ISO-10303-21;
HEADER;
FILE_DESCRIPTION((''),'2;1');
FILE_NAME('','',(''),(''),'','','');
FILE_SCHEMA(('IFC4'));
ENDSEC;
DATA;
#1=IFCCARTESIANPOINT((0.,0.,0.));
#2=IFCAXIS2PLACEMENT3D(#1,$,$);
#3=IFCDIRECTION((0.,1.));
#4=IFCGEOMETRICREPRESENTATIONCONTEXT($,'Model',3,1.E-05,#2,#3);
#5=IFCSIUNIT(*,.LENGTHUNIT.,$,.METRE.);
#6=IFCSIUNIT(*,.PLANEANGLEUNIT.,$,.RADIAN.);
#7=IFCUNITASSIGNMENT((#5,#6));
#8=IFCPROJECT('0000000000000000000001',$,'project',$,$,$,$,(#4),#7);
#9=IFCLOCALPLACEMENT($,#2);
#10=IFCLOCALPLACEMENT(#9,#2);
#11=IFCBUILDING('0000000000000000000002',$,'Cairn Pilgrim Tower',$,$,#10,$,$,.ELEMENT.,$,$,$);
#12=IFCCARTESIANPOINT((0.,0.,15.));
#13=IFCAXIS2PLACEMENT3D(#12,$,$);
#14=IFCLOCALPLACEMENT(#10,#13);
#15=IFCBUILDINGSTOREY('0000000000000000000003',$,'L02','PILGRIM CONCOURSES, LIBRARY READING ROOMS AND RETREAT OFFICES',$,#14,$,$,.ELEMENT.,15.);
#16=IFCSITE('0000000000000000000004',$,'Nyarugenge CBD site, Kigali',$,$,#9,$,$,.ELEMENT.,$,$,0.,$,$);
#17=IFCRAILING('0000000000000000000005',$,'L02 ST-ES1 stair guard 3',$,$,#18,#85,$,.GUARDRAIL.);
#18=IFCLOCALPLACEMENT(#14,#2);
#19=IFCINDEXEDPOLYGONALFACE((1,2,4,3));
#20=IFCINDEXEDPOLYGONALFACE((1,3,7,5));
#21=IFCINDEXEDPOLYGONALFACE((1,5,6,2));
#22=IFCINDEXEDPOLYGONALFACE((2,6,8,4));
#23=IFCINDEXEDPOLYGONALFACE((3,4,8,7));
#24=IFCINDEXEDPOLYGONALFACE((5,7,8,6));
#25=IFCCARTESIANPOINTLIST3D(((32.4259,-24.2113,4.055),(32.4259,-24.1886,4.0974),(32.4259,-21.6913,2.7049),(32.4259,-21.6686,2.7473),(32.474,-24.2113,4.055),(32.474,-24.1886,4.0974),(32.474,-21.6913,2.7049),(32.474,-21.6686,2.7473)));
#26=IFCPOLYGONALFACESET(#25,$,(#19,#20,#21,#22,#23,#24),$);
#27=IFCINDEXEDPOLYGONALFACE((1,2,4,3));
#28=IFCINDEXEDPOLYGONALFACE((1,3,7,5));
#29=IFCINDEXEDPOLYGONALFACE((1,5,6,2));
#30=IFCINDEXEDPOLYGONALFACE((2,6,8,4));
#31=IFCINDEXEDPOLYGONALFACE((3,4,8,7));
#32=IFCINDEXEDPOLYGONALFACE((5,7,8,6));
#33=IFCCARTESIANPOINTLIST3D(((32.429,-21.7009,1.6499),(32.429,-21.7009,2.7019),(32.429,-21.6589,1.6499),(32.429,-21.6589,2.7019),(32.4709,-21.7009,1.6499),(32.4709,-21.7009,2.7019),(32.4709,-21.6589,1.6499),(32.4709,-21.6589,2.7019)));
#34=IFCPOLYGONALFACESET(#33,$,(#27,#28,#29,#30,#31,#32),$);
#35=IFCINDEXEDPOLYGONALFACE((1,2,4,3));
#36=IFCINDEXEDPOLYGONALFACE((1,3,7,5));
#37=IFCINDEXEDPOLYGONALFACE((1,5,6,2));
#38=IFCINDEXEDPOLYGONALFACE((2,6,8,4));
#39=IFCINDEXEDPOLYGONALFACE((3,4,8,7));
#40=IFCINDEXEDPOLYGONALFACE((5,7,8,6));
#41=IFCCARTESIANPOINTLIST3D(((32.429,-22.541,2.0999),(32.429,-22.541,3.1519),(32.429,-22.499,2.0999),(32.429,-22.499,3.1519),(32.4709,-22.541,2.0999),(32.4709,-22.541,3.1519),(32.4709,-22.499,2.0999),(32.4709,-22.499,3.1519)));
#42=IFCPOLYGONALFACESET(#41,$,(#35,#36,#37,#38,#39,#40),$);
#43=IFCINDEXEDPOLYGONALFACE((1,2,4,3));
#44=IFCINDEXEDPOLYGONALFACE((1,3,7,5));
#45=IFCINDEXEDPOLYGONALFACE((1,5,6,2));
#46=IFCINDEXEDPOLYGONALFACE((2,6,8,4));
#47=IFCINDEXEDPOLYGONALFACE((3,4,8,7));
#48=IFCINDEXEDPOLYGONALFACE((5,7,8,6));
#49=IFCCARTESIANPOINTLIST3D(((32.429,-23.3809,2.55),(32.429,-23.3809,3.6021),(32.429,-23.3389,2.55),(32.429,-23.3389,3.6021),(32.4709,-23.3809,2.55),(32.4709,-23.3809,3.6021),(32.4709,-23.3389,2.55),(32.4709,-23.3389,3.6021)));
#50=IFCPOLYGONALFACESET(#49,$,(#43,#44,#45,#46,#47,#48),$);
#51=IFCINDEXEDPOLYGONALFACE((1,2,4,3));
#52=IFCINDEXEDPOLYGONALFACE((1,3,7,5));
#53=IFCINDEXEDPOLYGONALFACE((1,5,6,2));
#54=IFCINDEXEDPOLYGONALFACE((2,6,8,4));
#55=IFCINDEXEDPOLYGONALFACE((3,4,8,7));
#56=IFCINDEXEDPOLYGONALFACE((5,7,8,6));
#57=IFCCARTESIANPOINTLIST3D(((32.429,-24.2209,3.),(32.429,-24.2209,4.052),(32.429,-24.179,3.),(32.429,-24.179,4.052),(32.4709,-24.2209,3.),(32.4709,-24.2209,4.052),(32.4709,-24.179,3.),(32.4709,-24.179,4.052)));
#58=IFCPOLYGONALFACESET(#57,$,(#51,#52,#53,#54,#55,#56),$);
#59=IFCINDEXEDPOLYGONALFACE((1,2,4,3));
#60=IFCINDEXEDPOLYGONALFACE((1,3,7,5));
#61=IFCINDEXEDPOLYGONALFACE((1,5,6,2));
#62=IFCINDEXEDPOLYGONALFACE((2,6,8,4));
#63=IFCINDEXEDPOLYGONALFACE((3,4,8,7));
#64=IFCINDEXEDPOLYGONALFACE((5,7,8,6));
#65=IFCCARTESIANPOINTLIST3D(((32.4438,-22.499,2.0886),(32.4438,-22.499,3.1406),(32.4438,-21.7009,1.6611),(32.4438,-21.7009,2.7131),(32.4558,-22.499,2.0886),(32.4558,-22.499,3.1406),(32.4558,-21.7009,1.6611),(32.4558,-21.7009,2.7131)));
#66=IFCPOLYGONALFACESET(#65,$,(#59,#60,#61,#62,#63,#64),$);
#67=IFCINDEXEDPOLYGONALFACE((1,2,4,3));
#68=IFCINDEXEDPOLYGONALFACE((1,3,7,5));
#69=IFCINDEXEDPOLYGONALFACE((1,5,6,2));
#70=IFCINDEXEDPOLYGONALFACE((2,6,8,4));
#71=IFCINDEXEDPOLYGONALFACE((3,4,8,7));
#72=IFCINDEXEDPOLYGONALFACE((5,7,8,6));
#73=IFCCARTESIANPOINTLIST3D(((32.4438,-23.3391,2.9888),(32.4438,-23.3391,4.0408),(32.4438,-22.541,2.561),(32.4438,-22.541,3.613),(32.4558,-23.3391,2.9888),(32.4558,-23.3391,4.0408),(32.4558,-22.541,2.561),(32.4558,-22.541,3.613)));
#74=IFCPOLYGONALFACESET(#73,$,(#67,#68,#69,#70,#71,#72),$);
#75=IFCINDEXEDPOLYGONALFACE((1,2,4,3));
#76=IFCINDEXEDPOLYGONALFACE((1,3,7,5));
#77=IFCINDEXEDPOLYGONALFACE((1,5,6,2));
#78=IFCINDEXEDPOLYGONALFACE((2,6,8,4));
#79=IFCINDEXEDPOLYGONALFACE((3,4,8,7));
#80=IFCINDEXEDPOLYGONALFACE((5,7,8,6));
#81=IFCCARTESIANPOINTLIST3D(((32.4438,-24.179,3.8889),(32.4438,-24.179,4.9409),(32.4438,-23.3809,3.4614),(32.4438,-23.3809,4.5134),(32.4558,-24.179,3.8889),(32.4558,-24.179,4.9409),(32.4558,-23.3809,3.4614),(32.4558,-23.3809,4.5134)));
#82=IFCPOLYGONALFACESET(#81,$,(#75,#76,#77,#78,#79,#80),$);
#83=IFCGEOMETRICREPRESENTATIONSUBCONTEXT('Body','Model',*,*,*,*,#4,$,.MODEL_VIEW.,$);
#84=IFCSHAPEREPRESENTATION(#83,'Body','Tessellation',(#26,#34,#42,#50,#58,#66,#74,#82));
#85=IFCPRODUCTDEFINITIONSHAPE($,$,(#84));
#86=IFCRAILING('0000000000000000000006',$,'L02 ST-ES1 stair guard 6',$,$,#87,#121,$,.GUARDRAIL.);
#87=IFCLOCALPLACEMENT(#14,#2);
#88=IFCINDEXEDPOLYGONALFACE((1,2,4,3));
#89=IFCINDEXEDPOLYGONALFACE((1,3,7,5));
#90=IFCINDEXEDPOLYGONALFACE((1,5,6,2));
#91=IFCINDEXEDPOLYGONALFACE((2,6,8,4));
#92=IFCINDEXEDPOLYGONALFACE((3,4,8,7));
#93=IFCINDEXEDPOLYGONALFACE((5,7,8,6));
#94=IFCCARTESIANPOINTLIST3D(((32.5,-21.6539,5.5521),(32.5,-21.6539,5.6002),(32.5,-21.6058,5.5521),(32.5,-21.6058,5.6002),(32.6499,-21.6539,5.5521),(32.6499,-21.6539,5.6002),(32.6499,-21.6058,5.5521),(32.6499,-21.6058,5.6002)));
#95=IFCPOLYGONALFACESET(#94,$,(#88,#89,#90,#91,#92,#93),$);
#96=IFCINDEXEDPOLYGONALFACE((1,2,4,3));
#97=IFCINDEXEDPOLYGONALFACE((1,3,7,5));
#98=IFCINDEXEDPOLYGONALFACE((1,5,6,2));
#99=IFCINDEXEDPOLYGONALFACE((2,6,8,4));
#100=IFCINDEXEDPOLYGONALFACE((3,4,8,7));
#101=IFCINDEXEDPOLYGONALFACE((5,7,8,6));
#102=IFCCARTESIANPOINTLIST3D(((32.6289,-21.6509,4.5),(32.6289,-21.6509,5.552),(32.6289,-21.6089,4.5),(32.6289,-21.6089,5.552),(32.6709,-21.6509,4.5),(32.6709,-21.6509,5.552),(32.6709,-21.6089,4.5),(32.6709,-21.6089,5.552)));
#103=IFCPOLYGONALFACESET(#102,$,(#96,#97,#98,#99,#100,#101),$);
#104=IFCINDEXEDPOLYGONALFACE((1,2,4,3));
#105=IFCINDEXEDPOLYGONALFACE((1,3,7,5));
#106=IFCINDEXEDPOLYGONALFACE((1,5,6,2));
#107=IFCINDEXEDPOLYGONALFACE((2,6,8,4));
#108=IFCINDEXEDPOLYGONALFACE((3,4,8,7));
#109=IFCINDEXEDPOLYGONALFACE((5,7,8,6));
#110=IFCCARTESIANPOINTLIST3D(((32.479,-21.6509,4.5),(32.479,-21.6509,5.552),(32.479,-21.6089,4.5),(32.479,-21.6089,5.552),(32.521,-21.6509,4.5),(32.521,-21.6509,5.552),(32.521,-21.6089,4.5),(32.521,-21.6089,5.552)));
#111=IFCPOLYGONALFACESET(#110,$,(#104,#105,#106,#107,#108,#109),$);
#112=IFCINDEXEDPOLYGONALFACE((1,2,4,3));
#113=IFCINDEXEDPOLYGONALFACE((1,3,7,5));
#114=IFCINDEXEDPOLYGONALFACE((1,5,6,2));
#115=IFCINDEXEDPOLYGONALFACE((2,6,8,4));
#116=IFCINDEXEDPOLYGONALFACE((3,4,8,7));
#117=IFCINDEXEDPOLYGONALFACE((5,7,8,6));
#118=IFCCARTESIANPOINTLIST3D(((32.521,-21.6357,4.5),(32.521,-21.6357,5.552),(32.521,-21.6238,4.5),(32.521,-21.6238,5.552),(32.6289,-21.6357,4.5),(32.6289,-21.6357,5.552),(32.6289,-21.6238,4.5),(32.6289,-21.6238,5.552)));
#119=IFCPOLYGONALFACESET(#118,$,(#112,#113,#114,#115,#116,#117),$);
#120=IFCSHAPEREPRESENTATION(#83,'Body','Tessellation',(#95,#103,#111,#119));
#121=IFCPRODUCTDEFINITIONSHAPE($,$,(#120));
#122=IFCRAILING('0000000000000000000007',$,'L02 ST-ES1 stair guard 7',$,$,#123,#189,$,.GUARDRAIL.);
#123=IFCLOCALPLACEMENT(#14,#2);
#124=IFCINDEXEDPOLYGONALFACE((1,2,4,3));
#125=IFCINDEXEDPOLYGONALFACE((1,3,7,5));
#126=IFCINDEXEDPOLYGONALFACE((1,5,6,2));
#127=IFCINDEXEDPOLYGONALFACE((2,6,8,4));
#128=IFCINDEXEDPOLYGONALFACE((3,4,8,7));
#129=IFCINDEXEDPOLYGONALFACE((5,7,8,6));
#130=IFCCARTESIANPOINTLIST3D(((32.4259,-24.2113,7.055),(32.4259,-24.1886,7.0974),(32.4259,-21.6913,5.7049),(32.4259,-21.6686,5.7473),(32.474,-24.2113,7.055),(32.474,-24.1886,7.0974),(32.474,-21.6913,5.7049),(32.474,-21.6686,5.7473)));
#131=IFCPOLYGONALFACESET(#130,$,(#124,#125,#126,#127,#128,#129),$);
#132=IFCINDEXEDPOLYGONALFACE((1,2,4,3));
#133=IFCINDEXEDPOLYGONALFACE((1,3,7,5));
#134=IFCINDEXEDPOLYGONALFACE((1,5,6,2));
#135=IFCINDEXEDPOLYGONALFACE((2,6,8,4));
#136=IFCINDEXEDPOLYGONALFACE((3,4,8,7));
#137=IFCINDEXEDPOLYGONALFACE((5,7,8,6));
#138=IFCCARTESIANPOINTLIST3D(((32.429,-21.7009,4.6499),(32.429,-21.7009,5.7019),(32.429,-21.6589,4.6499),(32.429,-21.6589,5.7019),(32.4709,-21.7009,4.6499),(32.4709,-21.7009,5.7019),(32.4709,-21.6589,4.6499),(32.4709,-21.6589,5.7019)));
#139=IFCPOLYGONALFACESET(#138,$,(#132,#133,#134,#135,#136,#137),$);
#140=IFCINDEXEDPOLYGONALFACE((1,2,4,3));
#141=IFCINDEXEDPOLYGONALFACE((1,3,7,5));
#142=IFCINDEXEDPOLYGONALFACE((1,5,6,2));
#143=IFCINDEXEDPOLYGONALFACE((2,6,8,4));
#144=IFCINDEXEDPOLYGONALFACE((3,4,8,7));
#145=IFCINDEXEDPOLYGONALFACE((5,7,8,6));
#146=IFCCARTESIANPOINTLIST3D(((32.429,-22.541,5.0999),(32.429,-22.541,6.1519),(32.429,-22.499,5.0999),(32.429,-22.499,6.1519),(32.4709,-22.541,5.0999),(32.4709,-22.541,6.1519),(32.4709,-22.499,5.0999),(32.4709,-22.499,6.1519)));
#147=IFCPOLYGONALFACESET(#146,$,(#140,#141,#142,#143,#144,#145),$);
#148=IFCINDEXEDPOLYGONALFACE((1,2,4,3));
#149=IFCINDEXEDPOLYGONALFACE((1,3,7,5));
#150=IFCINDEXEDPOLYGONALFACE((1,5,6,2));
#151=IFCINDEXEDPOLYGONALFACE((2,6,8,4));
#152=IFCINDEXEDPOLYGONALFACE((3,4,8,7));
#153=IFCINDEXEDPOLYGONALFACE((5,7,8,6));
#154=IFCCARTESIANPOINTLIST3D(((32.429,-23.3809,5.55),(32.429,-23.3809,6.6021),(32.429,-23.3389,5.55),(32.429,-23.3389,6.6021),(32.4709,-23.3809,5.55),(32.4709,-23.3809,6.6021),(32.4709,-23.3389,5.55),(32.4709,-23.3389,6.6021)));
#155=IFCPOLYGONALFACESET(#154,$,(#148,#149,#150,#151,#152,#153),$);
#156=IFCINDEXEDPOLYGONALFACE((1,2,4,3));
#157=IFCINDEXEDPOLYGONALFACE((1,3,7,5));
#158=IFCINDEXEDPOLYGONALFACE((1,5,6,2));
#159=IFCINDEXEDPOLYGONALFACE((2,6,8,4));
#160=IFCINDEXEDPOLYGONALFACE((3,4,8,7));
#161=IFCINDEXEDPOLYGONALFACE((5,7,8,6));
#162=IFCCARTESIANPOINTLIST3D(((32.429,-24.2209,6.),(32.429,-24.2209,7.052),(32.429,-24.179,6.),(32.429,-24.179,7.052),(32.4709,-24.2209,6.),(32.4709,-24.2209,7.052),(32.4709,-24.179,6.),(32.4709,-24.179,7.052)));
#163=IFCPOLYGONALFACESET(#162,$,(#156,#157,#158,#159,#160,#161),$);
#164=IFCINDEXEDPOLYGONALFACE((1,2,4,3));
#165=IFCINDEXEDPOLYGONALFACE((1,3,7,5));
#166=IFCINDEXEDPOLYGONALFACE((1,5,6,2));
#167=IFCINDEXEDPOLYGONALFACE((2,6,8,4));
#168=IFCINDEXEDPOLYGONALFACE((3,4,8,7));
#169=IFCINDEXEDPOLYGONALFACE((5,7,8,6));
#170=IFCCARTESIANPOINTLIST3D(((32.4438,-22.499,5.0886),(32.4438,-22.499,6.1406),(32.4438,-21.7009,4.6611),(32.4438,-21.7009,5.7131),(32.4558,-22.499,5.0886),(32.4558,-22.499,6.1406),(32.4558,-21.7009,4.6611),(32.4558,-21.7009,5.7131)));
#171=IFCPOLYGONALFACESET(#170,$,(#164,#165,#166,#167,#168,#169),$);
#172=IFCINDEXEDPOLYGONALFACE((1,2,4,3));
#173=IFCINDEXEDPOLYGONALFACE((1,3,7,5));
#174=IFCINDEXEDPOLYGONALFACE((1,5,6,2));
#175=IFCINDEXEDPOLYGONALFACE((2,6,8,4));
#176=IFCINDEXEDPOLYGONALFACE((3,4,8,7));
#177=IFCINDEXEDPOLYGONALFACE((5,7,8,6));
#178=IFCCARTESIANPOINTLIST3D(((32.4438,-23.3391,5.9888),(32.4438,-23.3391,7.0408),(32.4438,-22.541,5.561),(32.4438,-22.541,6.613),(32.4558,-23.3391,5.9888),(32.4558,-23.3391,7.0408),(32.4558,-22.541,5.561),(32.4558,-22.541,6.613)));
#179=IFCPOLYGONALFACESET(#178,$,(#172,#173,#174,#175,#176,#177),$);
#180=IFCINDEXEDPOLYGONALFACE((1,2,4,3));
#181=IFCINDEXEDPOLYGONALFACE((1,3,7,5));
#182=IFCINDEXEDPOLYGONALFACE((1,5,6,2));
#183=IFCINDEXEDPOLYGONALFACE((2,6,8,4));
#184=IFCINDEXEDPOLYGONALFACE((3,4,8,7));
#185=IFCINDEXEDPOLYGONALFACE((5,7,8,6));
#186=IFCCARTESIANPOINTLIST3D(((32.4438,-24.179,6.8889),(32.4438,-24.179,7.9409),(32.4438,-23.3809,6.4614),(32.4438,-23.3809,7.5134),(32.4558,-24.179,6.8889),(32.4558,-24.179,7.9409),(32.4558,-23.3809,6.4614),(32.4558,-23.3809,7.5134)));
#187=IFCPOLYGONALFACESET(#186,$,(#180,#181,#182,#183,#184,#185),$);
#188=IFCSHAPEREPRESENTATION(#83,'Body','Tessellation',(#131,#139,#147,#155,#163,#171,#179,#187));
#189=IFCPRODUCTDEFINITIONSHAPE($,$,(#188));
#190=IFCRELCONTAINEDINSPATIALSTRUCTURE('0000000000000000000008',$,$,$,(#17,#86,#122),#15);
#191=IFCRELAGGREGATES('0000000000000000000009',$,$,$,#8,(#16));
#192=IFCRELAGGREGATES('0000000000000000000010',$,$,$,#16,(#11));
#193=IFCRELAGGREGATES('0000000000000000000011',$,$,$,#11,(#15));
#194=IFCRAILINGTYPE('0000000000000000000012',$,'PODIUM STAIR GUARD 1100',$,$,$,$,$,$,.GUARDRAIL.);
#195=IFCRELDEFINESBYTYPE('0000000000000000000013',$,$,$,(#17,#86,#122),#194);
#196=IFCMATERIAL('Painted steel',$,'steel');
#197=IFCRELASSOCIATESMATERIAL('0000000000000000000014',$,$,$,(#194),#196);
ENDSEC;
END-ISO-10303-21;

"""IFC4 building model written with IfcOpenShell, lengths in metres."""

from ifc_helpers import new_model, si_unit, direction, frame, origin, origin_2d, place, context, subcontext, project, spatial, polyline, rectangle, outline, extrude, material, type_object, element, save


model = new_model("IFC4")

# Units and contexts
model_context = context("Model", 3, precision=1e-05, world=origin(), true_north=direction((0.0, 1.0)))
body_context = subcontext(model_context, "Body", "Model", "MODEL_VIEW")
ifc_project = project(units=[si_unit("LENGTHUNIT", "METRE"), si_unit("PLANEANGLEUNIT", "RADIAN")], contexts=[model_context])

# Site, building, storey
site_placement = place(None, origin())
site = spatial("IfcSite", under=ifc_project, at=site_placement, Name="Nyarugenge CBD site, Kigali", CompositionType="ELEMENT", RefElevation=0.0)
building_placement = place(site_placement, origin())
building = spatial("IfcBuilding", under=site, at=building_placement, Name="Cairn Pilgrim Tower", CompositionType="ELEMENT")
storey_placement = place(building_placement, frame((0.0, 0.0, 15.0)))
storey = spatial("IfcBuildingStorey", under=building, at=storey_placement, Name="L02", Description="PILGRIM CONCOURSES, LIBRARY READING ROOMS AND RETREAT OFFICES", CompositionType="ELEMENT", Elevation=15.0)

# Railings
ifc_material_1 = material(Name="Painted steel", Category="steel")
railing_type_1 = type_object("IfcRailingType", Name="PODIUM STAIR GUARD 1100", PredefinedType="GUARDRAIL", material=ifc_material_1)
railing_1_placement = place(storey_placement, frame((32.45, -21.6799, 1.6499)))
element("IfcRailing", 1, at=railing_1_placement, inside=storey, type_object=railing_type_1, Name="L02 ST-ES1 stair guard 3", PredefinedType="GUARDRAIL", context=body_context, shape_type="SweptSolid", body=[
    extrude(rectangle(XDim=0.0481, YDim=0.0481, at=origin_2d()), frame((0.0, 0.0, 1.0762), z_axis=(0.0, -0.881467, 0.472245), x_axis=(1.0, 0.0, 0.0)), (0.0, 0.0, 1.0), 2.8589),
    extrude(rectangle(XDim=0.042, YDim=0.042, at=origin_2d()), origin(), (0.0, 0.0, 1.0), 1.052),
    extrude(rectangle(XDim=0.042, YDim=0.042, at=origin_2d()), frame((0.0, -0.8401, 0.45)), (0.0, 0.0, 1.0), 1.052),
    extrude(rectangle(XDim=0.042, YDim=0.042, at=origin_2d()), frame((0.0, -1.6799, 0.9001)), (0.0, 0.0, 1.0), 1.052),
    extrude(rectangle(XDim=0.042, YDim=0.042, at=origin_2d()), frame((0.0, -2.52, 1.3501)), (0.0, 0.0, 1.0), 1.052),
    extrude(outline(polyline([(0.021, 0.0112), (0.8191, 0.4387), (0.8191, 1.4907), (0.021, 1.0632), (0.021, 0.0112)])), frame((0.0059, 0.0, 0.0), z_axis=(-1.0, 0.0, 0.0), x_axis=(0.0, -1.0, 0.0)), (0.0, 0.0, 1.0), 0.012),
    extrude(outline(polyline([(0.021, 0.4612), (0.8191, 0.8889), (0.8191, 1.9409), (0.021, 1.5132), (0.021, 0.4612)])), frame((0.0059, -0.8401, 0.45), z_axis=(-1.0, 0.0, 0.0), x_axis=(0.0, -1.0, 0.0)), (0.0, 0.0, 1.0), 0.012),
    extrude(outline(polyline([(0.021, 0.9114), (0.8191, 1.3389), (0.8191, 2.3909), (0.021, 1.9634), (0.021, 0.9114)])), frame((0.0059, -1.6799, 0.9001), z_axis=(-1.0, 0.0, 0.0), x_axis=(0.0, -1.0, 0.0)), (0.0, 0.0, 1.0), 0.012),
])
railing_2_placement = place(storey_placement, frame((32.6499, -21.6299, 4.5)))
element("IfcRailing", 2, at=railing_2_placement, inside=storey, type_object=railing_type_1, Name="L02 ST-ES1 stair guard 6", PredefinedType="GUARDRAIL", context=body_context, shape_type="SweptSolid", body=[
    extrude(rectangle(XDim=0.0481, YDim=0.0481, at=origin_2d()), frame((0.0, 0.0, 1.0762), z_axis=(-1.0, 0.0, 0.0), x_axis=(0.0, -1.0, 0.0)), (0.0, 0.0, 1.0), 0.1499),
    extrude(rectangle(XDim=0.042, YDim=0.042, at=origin_2d()), origin(), (0.0, 0.0, 1.0), 1.052),
    extrude(rectangle(XDim=0.042, YDim=0.042, at=origin_2d()), frame((-0.1499, 0.0, 0.0)), (0.0, 0.0, 1.0), 1.052),
    extrude(outline(polyline([(0.021, 0.0), (0.1289, 0.0), (0.1289, 1.052), (0.021, 1.052), (0.021, 0.0)])), frame((0.0, -0.0059, 0.0), z_axis=(0.0, 1.0, 0.0), x_axis=(-1.0, 0.0, 0.0)), (0.0, 0.0, 1.0), 0.012),
])
railing_3_placement = place(storey_placement, frame((32.45, -21.6799, 4.6499)))
element("IfcRailing", 3, at=railing_3_placement, inside=storey, type_object=railing_type_1, Name="L02 ST-ES1 stair guard 7", PredefinedType="GUARDRAIL", context=body_context, shape_type="SweptSolid", body=[
    extrude(rectangle(XDim=0.0481, YDim=0.0481, at=origin_2d()), frame((0.0, 0.0, 1.0762), z_axis=(0.0, -0.881467, 0.472245), x_axis=(1.0, 0.0, 0.0)), (0.0, 0.0, 1.0), 2.8589),
    extrude(rectangle(XDim=0.042, YDim=0.042, at=origin_2d()), origin(), (0.0, 0.0, 1.0), 1.052),
    extrude(rectangle(XDim=0.042, YDim=0.042, at=origin_2d()), frame((0.0, -0.8401, 0.45)), (0.0, 0.0, 1.0), 1.052),
    extrude(rectangle(XDim=0.042, YDim=0.042, at=origin_2d()), frame((0.0, -1.6799, 0.9001)), (0.0, 0.0, 1.0), 1.052),
    extrude(rectangle(XDim=0.042, YDim=0.042, at=origin_2d()), frame((0.0, -2.52, 1.3501)), (0.0, 0.0, 1.0), 1.052),
    extrude(outline(polyline([(0.021, 0.0112), (0.8191, 0.4387), (0.8191, 1.4907), (0.021, 1.0632), (0.021, 0.0112)])), frame((0.0059, 0.0, 0.0), z_axis=(-1.0, 0.0, 0.0), x_axis=(0.0, -1.0, 0.0)), (0.0, 0.0, 1.0), 0.012),
    extrude(outline(polyline([(0.021, 0.4612), (0.8191, 0.8889), (0.8191, 1.9409), (0.021, 1.5132), (0.021, 0.4612)])), frame((0.0059, -0.8401, 0.45), z_axis=(-1.0, 0.0, 0.0), x_axis=(0.0, -1.0, 0.0)), (0.0, 0.0, 1.0), 0.012),
    extrude(outline(polyline([(0.021, 0.9114), (0.8191, 1.3389), (0.8191, 2.3909), (0.021, 1.9634), (0.021, 0.9114)])), frame((0.0059, -1.6799, 0.9001), z_axis=(-1.0, 0.0, 0.0), x_axis=(0.0, -1.0, 0.0)), (0.0, 0.0, 1.0), 0.012),
])

save(model, "model.ifc")
